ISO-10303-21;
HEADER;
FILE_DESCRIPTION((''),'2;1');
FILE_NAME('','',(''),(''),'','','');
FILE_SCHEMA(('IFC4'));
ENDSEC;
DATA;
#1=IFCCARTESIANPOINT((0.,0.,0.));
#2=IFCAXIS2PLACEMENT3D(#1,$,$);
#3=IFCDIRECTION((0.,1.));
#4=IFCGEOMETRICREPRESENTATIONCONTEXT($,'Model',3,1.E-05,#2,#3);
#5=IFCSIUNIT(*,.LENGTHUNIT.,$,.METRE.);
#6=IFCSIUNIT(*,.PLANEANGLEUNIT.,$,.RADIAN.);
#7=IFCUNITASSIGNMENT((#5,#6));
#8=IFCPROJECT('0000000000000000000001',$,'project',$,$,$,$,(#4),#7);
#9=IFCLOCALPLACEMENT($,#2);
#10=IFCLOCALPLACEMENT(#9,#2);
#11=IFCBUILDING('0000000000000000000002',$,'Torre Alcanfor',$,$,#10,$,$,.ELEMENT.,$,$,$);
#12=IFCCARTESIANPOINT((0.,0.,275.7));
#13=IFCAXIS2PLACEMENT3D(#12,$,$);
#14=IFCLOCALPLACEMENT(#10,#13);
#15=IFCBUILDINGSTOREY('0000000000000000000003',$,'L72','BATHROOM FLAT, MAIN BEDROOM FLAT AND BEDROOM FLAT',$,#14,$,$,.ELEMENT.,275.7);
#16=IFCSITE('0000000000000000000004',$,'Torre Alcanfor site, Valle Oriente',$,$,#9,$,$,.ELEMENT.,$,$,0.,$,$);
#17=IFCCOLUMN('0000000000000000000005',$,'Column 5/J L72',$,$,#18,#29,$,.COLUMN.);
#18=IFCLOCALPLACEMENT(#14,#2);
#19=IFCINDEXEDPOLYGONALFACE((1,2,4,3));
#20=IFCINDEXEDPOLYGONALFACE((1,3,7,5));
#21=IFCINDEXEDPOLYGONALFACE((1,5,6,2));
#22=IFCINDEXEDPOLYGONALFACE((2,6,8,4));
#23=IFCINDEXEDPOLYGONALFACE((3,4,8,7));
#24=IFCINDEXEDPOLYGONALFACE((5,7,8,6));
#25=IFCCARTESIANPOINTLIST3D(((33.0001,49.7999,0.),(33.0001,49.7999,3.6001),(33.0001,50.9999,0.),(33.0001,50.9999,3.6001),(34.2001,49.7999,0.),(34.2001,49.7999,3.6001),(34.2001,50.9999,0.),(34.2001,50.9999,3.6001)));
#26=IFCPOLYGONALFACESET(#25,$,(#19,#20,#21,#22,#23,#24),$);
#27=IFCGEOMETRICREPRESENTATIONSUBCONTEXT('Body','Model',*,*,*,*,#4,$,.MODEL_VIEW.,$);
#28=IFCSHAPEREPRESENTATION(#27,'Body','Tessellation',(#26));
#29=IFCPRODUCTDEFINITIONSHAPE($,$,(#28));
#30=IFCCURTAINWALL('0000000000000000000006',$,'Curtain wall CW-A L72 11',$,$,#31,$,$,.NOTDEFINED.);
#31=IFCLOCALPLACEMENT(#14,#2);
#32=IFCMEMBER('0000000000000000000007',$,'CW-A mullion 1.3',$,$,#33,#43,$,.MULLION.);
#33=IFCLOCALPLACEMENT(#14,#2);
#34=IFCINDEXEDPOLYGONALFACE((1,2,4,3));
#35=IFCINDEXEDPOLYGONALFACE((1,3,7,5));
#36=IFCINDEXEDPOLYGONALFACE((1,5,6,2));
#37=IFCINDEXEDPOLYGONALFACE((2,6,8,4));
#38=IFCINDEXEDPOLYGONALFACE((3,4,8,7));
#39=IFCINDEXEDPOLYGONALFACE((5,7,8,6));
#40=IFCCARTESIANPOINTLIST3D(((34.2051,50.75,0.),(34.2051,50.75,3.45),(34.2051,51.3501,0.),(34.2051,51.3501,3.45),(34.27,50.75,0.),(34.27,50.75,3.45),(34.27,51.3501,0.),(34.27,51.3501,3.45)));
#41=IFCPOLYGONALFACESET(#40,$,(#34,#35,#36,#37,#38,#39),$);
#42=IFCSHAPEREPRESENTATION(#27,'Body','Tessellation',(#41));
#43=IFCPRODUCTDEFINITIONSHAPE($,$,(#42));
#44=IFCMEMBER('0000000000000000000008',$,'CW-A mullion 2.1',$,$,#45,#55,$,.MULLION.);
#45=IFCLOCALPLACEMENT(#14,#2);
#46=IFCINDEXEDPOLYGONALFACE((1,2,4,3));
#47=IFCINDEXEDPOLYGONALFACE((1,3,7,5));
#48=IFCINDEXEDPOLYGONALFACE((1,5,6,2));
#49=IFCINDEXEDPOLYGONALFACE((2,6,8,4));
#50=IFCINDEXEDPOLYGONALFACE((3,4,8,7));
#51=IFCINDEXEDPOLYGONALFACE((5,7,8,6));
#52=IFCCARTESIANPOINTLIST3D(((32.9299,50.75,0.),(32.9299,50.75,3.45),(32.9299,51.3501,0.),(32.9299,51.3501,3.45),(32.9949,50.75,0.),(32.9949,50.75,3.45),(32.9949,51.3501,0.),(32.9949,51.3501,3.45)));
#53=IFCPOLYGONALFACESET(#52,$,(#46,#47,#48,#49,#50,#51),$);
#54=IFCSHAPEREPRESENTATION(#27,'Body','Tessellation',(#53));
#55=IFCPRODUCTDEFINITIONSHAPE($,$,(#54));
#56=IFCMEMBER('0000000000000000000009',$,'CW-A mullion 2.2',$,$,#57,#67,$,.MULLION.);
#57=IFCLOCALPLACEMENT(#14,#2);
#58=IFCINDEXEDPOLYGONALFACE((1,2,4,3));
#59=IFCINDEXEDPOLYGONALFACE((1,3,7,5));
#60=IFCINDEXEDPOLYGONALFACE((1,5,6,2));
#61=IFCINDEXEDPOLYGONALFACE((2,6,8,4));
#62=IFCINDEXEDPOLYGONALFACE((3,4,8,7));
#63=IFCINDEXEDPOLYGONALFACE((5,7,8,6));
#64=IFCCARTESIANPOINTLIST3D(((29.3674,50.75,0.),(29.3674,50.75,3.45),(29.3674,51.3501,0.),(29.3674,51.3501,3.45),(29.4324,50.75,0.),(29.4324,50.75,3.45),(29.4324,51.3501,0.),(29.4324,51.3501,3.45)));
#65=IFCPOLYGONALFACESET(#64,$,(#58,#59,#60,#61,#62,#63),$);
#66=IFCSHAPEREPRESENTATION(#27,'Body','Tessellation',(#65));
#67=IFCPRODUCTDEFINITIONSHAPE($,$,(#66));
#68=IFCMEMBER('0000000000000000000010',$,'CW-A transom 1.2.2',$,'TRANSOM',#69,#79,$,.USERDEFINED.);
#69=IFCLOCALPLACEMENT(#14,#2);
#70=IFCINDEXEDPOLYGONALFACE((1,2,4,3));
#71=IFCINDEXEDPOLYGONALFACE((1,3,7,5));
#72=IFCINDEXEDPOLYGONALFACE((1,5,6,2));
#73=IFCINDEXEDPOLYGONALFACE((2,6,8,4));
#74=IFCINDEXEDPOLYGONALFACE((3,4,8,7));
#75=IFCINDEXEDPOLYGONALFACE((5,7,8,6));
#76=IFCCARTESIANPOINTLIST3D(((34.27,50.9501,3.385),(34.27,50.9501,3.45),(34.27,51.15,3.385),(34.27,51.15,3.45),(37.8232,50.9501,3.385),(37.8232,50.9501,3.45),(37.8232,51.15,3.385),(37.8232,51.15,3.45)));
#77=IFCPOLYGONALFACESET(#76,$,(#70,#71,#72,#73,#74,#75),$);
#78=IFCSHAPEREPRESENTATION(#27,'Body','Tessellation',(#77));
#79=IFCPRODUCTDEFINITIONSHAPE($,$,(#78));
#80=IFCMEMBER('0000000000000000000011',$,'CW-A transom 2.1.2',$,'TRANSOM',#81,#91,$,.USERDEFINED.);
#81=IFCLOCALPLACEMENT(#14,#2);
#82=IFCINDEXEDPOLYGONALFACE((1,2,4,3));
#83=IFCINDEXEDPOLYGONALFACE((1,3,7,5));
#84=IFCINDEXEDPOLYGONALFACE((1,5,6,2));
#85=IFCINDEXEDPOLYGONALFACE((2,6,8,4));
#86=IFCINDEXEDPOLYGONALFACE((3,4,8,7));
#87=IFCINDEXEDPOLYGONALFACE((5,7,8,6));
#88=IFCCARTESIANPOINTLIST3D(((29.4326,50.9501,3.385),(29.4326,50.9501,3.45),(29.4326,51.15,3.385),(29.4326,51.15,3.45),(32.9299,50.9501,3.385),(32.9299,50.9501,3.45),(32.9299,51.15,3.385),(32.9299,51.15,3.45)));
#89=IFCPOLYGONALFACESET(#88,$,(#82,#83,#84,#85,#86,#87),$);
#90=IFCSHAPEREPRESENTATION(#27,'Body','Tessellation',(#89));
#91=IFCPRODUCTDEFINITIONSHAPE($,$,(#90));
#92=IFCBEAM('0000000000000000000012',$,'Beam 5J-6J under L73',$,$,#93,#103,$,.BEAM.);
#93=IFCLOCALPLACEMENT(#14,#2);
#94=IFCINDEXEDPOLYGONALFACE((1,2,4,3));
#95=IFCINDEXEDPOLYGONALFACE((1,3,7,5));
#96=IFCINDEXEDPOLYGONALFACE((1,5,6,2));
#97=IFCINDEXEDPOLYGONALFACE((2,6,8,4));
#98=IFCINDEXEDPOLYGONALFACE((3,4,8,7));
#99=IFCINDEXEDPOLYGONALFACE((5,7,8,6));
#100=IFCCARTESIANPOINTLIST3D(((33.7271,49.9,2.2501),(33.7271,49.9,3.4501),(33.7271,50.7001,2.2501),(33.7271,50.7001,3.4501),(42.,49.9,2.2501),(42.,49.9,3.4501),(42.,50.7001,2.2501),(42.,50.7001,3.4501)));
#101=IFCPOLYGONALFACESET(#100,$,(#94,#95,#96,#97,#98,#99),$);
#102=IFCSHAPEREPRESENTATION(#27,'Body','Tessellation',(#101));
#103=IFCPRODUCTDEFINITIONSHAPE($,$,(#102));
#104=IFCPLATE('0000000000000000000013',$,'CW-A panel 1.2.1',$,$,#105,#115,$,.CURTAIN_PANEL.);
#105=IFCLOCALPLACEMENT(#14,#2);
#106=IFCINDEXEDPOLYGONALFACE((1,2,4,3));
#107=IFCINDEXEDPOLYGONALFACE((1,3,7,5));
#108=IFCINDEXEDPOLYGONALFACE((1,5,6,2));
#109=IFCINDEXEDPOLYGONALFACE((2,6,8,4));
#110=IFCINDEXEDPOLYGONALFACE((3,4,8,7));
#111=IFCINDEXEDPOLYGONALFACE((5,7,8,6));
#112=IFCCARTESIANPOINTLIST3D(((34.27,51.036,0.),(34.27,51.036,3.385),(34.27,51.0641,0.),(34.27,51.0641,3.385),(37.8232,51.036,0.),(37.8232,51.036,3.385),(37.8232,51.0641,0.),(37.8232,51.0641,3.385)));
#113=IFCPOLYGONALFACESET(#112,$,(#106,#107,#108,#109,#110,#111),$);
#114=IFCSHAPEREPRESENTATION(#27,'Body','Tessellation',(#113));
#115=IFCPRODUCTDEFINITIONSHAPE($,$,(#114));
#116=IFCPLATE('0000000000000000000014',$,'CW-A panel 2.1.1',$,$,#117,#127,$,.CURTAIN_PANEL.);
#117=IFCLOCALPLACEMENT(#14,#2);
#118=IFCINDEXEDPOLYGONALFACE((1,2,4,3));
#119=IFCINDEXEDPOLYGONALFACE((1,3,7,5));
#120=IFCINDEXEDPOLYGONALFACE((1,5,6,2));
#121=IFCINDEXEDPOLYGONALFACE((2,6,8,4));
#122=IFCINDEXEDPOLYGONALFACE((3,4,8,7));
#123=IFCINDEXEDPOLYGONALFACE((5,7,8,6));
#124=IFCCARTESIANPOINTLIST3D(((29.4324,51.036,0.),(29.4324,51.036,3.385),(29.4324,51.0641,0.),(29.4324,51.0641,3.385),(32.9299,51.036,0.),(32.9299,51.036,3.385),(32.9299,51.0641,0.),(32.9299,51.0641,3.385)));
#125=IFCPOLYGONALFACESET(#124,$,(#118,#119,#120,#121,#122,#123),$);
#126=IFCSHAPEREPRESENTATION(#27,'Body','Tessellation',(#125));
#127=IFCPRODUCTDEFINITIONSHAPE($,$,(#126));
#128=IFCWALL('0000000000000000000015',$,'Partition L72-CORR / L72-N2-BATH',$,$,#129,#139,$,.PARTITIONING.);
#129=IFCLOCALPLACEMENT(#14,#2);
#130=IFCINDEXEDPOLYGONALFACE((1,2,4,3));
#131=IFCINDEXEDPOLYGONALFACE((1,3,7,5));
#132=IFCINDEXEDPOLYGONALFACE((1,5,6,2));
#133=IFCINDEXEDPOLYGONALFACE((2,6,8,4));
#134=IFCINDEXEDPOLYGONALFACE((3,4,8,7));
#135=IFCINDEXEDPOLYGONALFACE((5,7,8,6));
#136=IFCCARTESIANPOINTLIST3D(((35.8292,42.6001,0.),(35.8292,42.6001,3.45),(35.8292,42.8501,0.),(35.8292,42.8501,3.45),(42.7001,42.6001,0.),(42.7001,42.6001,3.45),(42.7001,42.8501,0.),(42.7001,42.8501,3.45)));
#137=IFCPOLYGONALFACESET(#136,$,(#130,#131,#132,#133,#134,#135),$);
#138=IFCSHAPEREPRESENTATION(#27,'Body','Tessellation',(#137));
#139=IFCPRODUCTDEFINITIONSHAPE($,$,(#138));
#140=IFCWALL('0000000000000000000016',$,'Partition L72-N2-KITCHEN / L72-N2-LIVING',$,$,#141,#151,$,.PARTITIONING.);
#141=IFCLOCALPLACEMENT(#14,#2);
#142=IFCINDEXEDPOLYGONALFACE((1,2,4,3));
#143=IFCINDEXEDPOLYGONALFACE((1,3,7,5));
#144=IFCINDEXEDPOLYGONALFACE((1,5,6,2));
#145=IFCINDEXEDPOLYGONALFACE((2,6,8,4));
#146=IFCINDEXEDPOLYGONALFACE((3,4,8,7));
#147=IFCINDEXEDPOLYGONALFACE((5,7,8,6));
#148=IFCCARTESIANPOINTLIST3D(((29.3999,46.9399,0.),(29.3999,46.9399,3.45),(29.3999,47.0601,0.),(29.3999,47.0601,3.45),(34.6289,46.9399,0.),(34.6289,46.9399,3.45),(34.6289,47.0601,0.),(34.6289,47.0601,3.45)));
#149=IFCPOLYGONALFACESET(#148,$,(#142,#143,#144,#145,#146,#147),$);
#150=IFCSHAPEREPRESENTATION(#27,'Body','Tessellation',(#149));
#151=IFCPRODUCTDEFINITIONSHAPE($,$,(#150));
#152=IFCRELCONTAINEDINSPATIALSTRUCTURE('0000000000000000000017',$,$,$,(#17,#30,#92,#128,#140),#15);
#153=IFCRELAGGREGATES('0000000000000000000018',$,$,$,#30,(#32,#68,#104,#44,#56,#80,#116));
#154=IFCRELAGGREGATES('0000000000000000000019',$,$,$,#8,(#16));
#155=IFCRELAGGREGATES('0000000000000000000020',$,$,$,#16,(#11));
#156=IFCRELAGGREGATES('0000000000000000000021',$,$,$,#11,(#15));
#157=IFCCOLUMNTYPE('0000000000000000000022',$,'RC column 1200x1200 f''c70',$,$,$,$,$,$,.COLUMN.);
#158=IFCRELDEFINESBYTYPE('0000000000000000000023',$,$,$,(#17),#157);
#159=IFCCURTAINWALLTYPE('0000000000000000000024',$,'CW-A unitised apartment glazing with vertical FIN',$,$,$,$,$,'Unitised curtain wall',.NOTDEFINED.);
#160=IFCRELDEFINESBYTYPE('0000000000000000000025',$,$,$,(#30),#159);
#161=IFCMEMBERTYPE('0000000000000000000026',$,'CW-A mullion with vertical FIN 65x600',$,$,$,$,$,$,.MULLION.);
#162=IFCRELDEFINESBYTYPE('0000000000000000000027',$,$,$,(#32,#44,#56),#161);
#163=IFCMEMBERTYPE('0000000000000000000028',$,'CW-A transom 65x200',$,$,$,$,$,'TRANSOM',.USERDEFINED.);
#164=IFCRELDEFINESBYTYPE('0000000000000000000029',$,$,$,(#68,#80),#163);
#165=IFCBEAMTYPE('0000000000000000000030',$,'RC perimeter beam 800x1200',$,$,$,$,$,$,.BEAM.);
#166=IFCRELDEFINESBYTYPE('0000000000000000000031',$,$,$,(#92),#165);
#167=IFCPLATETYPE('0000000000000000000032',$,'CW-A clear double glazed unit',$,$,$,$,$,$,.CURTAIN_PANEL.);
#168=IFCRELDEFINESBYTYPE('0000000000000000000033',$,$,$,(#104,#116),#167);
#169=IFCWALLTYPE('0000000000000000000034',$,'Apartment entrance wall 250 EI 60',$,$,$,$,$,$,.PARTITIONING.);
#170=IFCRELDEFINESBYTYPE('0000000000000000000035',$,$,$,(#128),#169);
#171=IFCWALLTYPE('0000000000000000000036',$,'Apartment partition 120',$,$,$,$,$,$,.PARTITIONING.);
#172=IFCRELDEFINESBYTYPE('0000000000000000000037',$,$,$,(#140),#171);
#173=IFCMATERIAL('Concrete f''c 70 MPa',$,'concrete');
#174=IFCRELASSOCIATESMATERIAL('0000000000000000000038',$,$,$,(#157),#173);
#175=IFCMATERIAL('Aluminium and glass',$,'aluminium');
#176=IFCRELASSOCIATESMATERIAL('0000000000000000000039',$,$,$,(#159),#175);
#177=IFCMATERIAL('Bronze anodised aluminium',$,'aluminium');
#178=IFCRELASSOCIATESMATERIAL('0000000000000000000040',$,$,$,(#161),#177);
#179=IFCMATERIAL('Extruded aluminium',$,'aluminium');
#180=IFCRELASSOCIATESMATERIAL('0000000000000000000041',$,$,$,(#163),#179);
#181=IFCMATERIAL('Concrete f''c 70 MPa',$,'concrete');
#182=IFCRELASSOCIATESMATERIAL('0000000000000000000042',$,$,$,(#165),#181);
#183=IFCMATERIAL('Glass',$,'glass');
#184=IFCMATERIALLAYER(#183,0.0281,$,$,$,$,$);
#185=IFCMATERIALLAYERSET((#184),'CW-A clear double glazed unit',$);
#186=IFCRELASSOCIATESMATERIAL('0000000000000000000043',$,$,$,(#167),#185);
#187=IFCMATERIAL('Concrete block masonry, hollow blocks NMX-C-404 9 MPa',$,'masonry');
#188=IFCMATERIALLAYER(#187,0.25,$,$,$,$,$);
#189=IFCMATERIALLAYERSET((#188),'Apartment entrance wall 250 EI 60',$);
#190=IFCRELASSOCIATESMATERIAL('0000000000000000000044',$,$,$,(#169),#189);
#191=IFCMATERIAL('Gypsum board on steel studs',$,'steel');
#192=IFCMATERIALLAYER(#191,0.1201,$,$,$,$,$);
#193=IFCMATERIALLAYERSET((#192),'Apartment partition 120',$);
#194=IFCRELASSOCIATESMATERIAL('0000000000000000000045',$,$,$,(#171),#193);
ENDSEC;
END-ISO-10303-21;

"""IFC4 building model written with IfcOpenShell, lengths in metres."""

from ifc_helpers import new_model, si_unit, direction, frame, frame_2d, origin, origin_2d, place, context, subcontext, project, spatial, rectangle, extrude, material, layer, layer_set, material_profile, profile_set, type_object, element, aggregate, save


model = new_model("IFC4")

# Units and contexts
model_context = context("Model", 3, precision=1e-05, world=origin(), true_north=direction((0.0, 1.0)))
body_context = subcontext(model_context, "Body", "Model", "MODEL_VIEW")
ifc_project = project(units=[si_unit("LENGTHUNIT", "METRE"), si_unit("PLANEANGLEUNIT", "RADIAN")], contexts=[model_context])

# Site, building, storey
site_placement = place(None, origin())
site = spatial("IfcSite", under=ifc_project, at=site_placement, Name="Torre Alcanfor site, Valle Oriente", CompositionType="ELEMENT", RefElevation=0.0)
building_placement = place(site_placement, origin())
building = spatial("IfcBuilding", under=site, at=building_placement, Name="Torre Alcanfor", CompositionType="ELEMENT")
storey_placement = place(building_placement, frame((0.0, 0.0, 275.7)))
storey = spatial("IfcBuildingStorey", under=building, at=storey_placement, Name="L72", Description="BATHROOM FLAT, MAIN BEDROOM FLAT AND BEDROOM FLAT", CompositionType="ELEMENT", Elevation=275.7)

# Column
ifc_material_1 = material(Name="Concrete f'c 70 MPa", Category="concrete")
ifc_material_profile_1 = material_profile(ifc_material_1, rectangle(XDim=1.2, YDim=1.2, at=origin_2d()), Name="1200x1200")
ifc_profile_set_1 = profile_set([ifc_material_profile_1], Name="Concrete f'c 70 MPa")
column_type = type_object("IfcColumnType", Name="RC column 1200x1200 f'c70", PredefinedType="COLUMN", material=ifc_profile_set_1)
column_placement = place(storey_placement, frame((33.6001, 50.3999, 0.0), z_axis=(0.0, 0.0, 1.0), x_axis=(1.0, 0.0, 0.0)))
element("IfcColumn", 1, at=column_placement, inside=storey, type_object=column_type, Name="Column 5/J L72", PredefinedType="COLUMN", context=body_context, shape_type="SweptSolid", body=[
    extrude(rectangle(XDim=1.2, YDim=1.2, at=origin_2d()), origin(), (0.0, 0.0, 1.0), 3.6001),
])

# Curtain wall, members
ifc_material_2 = material(Name="Aluminium and glass", Category="aluminium")
curtain_wall_type = type_object("IfcCurtainWallType", Name="CW-A unitised apartment glazing with vertical FIN", ElementType="Unitised curtain wall", PredefinedType="NOTDEFINED", material=ifc_material_2)
curtain_wall_placement = place(storey_placement, origin())
curtain_wall = element("IfcCurtainWall", 2, at=curtain_wall_placement, inside=storey, type_object=curtain_wall_type, Name="Curtain wall CW-A L72 11", PredefinedType="NOTDEFINED")
ifc_material_3 = material(Name="Bronze anodised aluminium", Category="aluminium")
ifc_material_profile_2 = material_profile(ifc_material_3, rectangle(XDim=0.6001, YDim=0.0649, at=origin_2d()), Name="CW-A mullion 65x600")
ifc_profile_set_2 = profile_set([ifc_material_profile_2], Name="Bronze anodised aluminium")
member_type_1 = type_object("IfcMemberType", Name="CW-A mullion with vertical FIN 65x600", PredefinedType="MULLION", material=ifc_profile_set_2)
member_1_placement = place(storey_placement, frame((34.2375, 51.05, 0.0), z_axis=(0.0, 0.0, 1.0), x_axis=(0.0, -1.0, 0.0)))
member_1 = element("IfcMember", 3, at=member_1_placement, type_object=member_type_1, Name="CW-A mullion 1.3", PredefinedType="MULLION", context=body_context, shape_type="SweptSolid", body=[
    extrude(rectangle(XDim=0.6001, YDim=0.0649, at=origin_2d()), origin(), (0.0, 0.0, 1.0), 3.45),
])
member_2_placement = place(storey_placement, frame((32.9624, 51.05, 0.0), z_axis=(0.0, 0.0, 1.0), x_axis=(0.0, -1.0, 0.0)))
member_2 = element("IfcMember", 4, at=member_2_placement, type_object=member_type_1, Name="CW-A mullion 2.1", PredefinedType="MULLION", context=body_context, shape_type="SweptSolid", body=[
    extrude(rectangle(XDim=0.6001, YDim=0.0649, at=origin_2d()), origin(), (0.0, 0.0, 1.0), 3.45),
])
member_3_placement = place(storey_placement, frame((29.3999, 51.05, 0.0), z_axis=(0.0, 0.0, 1.0), x_axis=(0.0, -1.0, 0.0)))
member_3 = element("IfcMember", 5, at=member_3_placement, type_object=member_type_1, Name="CW-A mullion 2.2", PredefinedType="MULLION", context=body_context, shape_type="SweptSolid", body=[
    extrude(rectangle(XDim=0.6001, YDim=0.0649, at=origin_2d()), origin(), (0.0, 0.0, 1.0), 3.45),
])
ifc_material_4 = material(Name="Extruded aluminium", Category="aluminium")
ifc_material_profile_3 = material_profile(ifc_material_4, rectangle(XDim=0.2, YDim=0.0649, at=origin_2d()), Name="CW-A transom 200x65")
ifc_profile_set_3 = profile_set([ifc_material_profile_3], Name="Extruded aluminium")
member_type_2 = type_object("IfcMemberType", Name="CW-A transom 65x200", ElementType="TRANSOM", PredefinedType="USERDEFINED", material=ifc_profile_set_3)
member_4_placement = place(storey_placement, frame((37.8232, 51.05, 3.4175), z_axis=(-1.0, 0.0, 0.0), x_axis=(0.0, -1.0, 0.0)))
member_4 = element("IfcMember", 6, at=member_4_placement, type_object=member_type_2, Name="CW-A transom 1.2.2", ObjectType="TRANSOM", PredefinedType="USERDEFINED", context=body_context, shape_type="SweptSolid", body=[
    extrude(rectangle(XDim=0.2, YDim=0.0649, at=origin_2d()), origin(), (0.0, 0.0, 1.0), 3.5532),
])
member_5_placement = place(storey_placement, frame((32.9299, 51.05, 3.4175), z_axis=(-1.0, 0.0, 0.0), x_axis=(0.0, -1.0, 0.0)))
member_5 = element("IfcMember", 7, at=member_5_placement, type_object=member_type_2, Name="CW-A transom 2.1.2", ObjectType="TRANSOM", PredefinedType="USERDEFINED", context=body_context, shape_type="SweptSolid", body=[
    extrude(rectangle(XDim=0.2, YDim=0.0649, at=origin_2d()), origin(), (0.0, 0.0, 1.0), 3.4973),
])

# Beam
ifc_material_5 = material(Name="Concrete f'c 70 MPa", Category="concrete")
ifc_material_profile_4 = material_profile(ifc_material_5, rectangle(XDim=0.8, YDim=1.2, at=origin_2d()), Name="800x1200")
ifc_profile_set_4 = profile_set([ifc_material_profile_4], Name="Concrete f'c 70 MPa")
beam_type = type_object("IfcBeamType", Name="RC perimeter beam 800x1200", PredefinedType="BEAM", material=ifc_profile_set_4)
beam_placement = place(storey_placement, frame((33.7271, 50.3, 2.8501), z_axis=(1.0, 0.0, 0.0), x_axis=(0.0, 1.0, 0.0)))
element("IfcBeam", 8, at=beam_placement, inside=storey, type_object=beam_type, Name="Beam 5J-6J under L73", PredefinedType="BEAM", context=body_context, shape_type="SweptSolid", body=[
    extrude(rectangle(XDim=0.8, YDim=1.2, at=origin_2d()), origin(), (0.0, 0.0, 1.0), 8.2729),
])

# Plates
ifc_material_6 = material(Name="Glass", Category="glass")
ifc_layer_1 = layer(ifc_material_6, 0.0281)
ifc_layer_set_1 = layer_set([ifc_layer_1], Name="CW-A clear double glazed unit")
plate_type = type_object("IfcPlateType", Name="CW-A clear double glazed unit", PredefinedType="CURTAIN_PANEL", material=ifc_layer_set_1)
plate_1_placement = place(storey_placement, frame((36.0466, 51.05, 0.0), z_axis=(0.0, 0.0, 1.0), x_axis=(-1.0, 0.0, 0.0)))
plate_1 = element("IfcPlate", 9, at=plate_1_placement, type_object=plate_type, Name="CW-A panel 1.2.1", PredefinedType="CURTAIN_PANEL", context=body_context, shape_type="SweptSolid", body=[
    extrude(rectangle(XDim=3.5532, YDim=0.0281, at=origin_2d()), origin(), (0.0, 0.0, 1.0), 3.385),
])
plate_2_placement = place(storey_placement, frame((31.1812, 51.05, 0.0), z_axis=(0.0, 0.0, 1.0), x_axis=(-1.0, 0.0, 0.0)))
plate_2 = element("IfcPlate", 10, at=plate_2_placement, type_object=plate_type, Name="CW-A panel 2.1.1", PredefinedType="CURTAIN_PANEL", context=body_context, shape_type="SweptSolid", body=[
    extrude(rectangle(XDim=3.4976, YDim=0.0281, at=origin_2d()), origin(), (0.0, 0.0, 1.0), 3.385),
])
aggregate(curtain_wall, [member_1, member_4, plate_1, member_2, member_3, member_5, plate_2])

# Walls
ifc_material_7 = material(Name="Concrete block masonry, hollow blocks NMX-C-404 9 MPa", Category="masonry")
ifc_layer_2 = layer(ifc_material_7, 0.25)
ifc_layer_set_2 = layer_set([ifc_layer_2], Name="Apartment entrance wall 250 EI 60")
wall_type_1 = type_object("IfcWallType", Name="Apartment entrance wall 250 EI 60", PredefinedType="PARTITIONING", material=ifc_layer_set_2)
wall_1_placement = place(storey_placement, frame((35.8291, 42.7251, 0.0), z_axis=(0.0, 0.0, 1.0), x_axis=(1.0, 0.0, 0.0)))
element("IfcWall", 11, at=wall_1_placement, inside=storey, type_object=wall_type_1, Name="Partition L72-CORR / L72-N2-BATH", PredefinedType="PARTITIONING", context=body_context, shape_type="SweptSolid", body=[
    extrude(rectangle(XDim=6.8708, YDim=0.25, at=frame_2d((3.4355, 0.0))), origin(), (0.0, 0.0, 1.0), 3.45),
])
ifc_material_8 = material(Name="Gypsum board on steel studs", Category="steel")
ifc_layer_3 = layer(ifc_material_8, 0.1201)
ifc_layer_set_3 = layer_set([ifc_layer_3], Name="Apartment partition 120")
wall_type_2 = type_object("IfcWallType", Name="Apartment partition 120", PredefinedType="PARTITIONING", material=ifc_layer_set_3)
wall_2_placement = place(storey_placement, frame((29.3999, 47.0, 0.0), z_axis=(0.0, 0.0, 1.0), x_axis=(1.0, 0.0, 0.0)))
element("IfcWall", 12, at=wall_2_placement, inside=storey, type_object=wall_type_2, Name="Partition L72-N2-KITCHEN / L72-N2-LIVING", PredefinedType="PARTITIONING", context=body_context, shape_type="SweptSolid", body=[
    extrude(rectangle(XDim=5.229, YDim=0.1201, at=frame_2d((2.6145, 0.0))), origin(), (0.0, 0.0, 1.0), 3.45),
])

save(model, "model.ifc")
